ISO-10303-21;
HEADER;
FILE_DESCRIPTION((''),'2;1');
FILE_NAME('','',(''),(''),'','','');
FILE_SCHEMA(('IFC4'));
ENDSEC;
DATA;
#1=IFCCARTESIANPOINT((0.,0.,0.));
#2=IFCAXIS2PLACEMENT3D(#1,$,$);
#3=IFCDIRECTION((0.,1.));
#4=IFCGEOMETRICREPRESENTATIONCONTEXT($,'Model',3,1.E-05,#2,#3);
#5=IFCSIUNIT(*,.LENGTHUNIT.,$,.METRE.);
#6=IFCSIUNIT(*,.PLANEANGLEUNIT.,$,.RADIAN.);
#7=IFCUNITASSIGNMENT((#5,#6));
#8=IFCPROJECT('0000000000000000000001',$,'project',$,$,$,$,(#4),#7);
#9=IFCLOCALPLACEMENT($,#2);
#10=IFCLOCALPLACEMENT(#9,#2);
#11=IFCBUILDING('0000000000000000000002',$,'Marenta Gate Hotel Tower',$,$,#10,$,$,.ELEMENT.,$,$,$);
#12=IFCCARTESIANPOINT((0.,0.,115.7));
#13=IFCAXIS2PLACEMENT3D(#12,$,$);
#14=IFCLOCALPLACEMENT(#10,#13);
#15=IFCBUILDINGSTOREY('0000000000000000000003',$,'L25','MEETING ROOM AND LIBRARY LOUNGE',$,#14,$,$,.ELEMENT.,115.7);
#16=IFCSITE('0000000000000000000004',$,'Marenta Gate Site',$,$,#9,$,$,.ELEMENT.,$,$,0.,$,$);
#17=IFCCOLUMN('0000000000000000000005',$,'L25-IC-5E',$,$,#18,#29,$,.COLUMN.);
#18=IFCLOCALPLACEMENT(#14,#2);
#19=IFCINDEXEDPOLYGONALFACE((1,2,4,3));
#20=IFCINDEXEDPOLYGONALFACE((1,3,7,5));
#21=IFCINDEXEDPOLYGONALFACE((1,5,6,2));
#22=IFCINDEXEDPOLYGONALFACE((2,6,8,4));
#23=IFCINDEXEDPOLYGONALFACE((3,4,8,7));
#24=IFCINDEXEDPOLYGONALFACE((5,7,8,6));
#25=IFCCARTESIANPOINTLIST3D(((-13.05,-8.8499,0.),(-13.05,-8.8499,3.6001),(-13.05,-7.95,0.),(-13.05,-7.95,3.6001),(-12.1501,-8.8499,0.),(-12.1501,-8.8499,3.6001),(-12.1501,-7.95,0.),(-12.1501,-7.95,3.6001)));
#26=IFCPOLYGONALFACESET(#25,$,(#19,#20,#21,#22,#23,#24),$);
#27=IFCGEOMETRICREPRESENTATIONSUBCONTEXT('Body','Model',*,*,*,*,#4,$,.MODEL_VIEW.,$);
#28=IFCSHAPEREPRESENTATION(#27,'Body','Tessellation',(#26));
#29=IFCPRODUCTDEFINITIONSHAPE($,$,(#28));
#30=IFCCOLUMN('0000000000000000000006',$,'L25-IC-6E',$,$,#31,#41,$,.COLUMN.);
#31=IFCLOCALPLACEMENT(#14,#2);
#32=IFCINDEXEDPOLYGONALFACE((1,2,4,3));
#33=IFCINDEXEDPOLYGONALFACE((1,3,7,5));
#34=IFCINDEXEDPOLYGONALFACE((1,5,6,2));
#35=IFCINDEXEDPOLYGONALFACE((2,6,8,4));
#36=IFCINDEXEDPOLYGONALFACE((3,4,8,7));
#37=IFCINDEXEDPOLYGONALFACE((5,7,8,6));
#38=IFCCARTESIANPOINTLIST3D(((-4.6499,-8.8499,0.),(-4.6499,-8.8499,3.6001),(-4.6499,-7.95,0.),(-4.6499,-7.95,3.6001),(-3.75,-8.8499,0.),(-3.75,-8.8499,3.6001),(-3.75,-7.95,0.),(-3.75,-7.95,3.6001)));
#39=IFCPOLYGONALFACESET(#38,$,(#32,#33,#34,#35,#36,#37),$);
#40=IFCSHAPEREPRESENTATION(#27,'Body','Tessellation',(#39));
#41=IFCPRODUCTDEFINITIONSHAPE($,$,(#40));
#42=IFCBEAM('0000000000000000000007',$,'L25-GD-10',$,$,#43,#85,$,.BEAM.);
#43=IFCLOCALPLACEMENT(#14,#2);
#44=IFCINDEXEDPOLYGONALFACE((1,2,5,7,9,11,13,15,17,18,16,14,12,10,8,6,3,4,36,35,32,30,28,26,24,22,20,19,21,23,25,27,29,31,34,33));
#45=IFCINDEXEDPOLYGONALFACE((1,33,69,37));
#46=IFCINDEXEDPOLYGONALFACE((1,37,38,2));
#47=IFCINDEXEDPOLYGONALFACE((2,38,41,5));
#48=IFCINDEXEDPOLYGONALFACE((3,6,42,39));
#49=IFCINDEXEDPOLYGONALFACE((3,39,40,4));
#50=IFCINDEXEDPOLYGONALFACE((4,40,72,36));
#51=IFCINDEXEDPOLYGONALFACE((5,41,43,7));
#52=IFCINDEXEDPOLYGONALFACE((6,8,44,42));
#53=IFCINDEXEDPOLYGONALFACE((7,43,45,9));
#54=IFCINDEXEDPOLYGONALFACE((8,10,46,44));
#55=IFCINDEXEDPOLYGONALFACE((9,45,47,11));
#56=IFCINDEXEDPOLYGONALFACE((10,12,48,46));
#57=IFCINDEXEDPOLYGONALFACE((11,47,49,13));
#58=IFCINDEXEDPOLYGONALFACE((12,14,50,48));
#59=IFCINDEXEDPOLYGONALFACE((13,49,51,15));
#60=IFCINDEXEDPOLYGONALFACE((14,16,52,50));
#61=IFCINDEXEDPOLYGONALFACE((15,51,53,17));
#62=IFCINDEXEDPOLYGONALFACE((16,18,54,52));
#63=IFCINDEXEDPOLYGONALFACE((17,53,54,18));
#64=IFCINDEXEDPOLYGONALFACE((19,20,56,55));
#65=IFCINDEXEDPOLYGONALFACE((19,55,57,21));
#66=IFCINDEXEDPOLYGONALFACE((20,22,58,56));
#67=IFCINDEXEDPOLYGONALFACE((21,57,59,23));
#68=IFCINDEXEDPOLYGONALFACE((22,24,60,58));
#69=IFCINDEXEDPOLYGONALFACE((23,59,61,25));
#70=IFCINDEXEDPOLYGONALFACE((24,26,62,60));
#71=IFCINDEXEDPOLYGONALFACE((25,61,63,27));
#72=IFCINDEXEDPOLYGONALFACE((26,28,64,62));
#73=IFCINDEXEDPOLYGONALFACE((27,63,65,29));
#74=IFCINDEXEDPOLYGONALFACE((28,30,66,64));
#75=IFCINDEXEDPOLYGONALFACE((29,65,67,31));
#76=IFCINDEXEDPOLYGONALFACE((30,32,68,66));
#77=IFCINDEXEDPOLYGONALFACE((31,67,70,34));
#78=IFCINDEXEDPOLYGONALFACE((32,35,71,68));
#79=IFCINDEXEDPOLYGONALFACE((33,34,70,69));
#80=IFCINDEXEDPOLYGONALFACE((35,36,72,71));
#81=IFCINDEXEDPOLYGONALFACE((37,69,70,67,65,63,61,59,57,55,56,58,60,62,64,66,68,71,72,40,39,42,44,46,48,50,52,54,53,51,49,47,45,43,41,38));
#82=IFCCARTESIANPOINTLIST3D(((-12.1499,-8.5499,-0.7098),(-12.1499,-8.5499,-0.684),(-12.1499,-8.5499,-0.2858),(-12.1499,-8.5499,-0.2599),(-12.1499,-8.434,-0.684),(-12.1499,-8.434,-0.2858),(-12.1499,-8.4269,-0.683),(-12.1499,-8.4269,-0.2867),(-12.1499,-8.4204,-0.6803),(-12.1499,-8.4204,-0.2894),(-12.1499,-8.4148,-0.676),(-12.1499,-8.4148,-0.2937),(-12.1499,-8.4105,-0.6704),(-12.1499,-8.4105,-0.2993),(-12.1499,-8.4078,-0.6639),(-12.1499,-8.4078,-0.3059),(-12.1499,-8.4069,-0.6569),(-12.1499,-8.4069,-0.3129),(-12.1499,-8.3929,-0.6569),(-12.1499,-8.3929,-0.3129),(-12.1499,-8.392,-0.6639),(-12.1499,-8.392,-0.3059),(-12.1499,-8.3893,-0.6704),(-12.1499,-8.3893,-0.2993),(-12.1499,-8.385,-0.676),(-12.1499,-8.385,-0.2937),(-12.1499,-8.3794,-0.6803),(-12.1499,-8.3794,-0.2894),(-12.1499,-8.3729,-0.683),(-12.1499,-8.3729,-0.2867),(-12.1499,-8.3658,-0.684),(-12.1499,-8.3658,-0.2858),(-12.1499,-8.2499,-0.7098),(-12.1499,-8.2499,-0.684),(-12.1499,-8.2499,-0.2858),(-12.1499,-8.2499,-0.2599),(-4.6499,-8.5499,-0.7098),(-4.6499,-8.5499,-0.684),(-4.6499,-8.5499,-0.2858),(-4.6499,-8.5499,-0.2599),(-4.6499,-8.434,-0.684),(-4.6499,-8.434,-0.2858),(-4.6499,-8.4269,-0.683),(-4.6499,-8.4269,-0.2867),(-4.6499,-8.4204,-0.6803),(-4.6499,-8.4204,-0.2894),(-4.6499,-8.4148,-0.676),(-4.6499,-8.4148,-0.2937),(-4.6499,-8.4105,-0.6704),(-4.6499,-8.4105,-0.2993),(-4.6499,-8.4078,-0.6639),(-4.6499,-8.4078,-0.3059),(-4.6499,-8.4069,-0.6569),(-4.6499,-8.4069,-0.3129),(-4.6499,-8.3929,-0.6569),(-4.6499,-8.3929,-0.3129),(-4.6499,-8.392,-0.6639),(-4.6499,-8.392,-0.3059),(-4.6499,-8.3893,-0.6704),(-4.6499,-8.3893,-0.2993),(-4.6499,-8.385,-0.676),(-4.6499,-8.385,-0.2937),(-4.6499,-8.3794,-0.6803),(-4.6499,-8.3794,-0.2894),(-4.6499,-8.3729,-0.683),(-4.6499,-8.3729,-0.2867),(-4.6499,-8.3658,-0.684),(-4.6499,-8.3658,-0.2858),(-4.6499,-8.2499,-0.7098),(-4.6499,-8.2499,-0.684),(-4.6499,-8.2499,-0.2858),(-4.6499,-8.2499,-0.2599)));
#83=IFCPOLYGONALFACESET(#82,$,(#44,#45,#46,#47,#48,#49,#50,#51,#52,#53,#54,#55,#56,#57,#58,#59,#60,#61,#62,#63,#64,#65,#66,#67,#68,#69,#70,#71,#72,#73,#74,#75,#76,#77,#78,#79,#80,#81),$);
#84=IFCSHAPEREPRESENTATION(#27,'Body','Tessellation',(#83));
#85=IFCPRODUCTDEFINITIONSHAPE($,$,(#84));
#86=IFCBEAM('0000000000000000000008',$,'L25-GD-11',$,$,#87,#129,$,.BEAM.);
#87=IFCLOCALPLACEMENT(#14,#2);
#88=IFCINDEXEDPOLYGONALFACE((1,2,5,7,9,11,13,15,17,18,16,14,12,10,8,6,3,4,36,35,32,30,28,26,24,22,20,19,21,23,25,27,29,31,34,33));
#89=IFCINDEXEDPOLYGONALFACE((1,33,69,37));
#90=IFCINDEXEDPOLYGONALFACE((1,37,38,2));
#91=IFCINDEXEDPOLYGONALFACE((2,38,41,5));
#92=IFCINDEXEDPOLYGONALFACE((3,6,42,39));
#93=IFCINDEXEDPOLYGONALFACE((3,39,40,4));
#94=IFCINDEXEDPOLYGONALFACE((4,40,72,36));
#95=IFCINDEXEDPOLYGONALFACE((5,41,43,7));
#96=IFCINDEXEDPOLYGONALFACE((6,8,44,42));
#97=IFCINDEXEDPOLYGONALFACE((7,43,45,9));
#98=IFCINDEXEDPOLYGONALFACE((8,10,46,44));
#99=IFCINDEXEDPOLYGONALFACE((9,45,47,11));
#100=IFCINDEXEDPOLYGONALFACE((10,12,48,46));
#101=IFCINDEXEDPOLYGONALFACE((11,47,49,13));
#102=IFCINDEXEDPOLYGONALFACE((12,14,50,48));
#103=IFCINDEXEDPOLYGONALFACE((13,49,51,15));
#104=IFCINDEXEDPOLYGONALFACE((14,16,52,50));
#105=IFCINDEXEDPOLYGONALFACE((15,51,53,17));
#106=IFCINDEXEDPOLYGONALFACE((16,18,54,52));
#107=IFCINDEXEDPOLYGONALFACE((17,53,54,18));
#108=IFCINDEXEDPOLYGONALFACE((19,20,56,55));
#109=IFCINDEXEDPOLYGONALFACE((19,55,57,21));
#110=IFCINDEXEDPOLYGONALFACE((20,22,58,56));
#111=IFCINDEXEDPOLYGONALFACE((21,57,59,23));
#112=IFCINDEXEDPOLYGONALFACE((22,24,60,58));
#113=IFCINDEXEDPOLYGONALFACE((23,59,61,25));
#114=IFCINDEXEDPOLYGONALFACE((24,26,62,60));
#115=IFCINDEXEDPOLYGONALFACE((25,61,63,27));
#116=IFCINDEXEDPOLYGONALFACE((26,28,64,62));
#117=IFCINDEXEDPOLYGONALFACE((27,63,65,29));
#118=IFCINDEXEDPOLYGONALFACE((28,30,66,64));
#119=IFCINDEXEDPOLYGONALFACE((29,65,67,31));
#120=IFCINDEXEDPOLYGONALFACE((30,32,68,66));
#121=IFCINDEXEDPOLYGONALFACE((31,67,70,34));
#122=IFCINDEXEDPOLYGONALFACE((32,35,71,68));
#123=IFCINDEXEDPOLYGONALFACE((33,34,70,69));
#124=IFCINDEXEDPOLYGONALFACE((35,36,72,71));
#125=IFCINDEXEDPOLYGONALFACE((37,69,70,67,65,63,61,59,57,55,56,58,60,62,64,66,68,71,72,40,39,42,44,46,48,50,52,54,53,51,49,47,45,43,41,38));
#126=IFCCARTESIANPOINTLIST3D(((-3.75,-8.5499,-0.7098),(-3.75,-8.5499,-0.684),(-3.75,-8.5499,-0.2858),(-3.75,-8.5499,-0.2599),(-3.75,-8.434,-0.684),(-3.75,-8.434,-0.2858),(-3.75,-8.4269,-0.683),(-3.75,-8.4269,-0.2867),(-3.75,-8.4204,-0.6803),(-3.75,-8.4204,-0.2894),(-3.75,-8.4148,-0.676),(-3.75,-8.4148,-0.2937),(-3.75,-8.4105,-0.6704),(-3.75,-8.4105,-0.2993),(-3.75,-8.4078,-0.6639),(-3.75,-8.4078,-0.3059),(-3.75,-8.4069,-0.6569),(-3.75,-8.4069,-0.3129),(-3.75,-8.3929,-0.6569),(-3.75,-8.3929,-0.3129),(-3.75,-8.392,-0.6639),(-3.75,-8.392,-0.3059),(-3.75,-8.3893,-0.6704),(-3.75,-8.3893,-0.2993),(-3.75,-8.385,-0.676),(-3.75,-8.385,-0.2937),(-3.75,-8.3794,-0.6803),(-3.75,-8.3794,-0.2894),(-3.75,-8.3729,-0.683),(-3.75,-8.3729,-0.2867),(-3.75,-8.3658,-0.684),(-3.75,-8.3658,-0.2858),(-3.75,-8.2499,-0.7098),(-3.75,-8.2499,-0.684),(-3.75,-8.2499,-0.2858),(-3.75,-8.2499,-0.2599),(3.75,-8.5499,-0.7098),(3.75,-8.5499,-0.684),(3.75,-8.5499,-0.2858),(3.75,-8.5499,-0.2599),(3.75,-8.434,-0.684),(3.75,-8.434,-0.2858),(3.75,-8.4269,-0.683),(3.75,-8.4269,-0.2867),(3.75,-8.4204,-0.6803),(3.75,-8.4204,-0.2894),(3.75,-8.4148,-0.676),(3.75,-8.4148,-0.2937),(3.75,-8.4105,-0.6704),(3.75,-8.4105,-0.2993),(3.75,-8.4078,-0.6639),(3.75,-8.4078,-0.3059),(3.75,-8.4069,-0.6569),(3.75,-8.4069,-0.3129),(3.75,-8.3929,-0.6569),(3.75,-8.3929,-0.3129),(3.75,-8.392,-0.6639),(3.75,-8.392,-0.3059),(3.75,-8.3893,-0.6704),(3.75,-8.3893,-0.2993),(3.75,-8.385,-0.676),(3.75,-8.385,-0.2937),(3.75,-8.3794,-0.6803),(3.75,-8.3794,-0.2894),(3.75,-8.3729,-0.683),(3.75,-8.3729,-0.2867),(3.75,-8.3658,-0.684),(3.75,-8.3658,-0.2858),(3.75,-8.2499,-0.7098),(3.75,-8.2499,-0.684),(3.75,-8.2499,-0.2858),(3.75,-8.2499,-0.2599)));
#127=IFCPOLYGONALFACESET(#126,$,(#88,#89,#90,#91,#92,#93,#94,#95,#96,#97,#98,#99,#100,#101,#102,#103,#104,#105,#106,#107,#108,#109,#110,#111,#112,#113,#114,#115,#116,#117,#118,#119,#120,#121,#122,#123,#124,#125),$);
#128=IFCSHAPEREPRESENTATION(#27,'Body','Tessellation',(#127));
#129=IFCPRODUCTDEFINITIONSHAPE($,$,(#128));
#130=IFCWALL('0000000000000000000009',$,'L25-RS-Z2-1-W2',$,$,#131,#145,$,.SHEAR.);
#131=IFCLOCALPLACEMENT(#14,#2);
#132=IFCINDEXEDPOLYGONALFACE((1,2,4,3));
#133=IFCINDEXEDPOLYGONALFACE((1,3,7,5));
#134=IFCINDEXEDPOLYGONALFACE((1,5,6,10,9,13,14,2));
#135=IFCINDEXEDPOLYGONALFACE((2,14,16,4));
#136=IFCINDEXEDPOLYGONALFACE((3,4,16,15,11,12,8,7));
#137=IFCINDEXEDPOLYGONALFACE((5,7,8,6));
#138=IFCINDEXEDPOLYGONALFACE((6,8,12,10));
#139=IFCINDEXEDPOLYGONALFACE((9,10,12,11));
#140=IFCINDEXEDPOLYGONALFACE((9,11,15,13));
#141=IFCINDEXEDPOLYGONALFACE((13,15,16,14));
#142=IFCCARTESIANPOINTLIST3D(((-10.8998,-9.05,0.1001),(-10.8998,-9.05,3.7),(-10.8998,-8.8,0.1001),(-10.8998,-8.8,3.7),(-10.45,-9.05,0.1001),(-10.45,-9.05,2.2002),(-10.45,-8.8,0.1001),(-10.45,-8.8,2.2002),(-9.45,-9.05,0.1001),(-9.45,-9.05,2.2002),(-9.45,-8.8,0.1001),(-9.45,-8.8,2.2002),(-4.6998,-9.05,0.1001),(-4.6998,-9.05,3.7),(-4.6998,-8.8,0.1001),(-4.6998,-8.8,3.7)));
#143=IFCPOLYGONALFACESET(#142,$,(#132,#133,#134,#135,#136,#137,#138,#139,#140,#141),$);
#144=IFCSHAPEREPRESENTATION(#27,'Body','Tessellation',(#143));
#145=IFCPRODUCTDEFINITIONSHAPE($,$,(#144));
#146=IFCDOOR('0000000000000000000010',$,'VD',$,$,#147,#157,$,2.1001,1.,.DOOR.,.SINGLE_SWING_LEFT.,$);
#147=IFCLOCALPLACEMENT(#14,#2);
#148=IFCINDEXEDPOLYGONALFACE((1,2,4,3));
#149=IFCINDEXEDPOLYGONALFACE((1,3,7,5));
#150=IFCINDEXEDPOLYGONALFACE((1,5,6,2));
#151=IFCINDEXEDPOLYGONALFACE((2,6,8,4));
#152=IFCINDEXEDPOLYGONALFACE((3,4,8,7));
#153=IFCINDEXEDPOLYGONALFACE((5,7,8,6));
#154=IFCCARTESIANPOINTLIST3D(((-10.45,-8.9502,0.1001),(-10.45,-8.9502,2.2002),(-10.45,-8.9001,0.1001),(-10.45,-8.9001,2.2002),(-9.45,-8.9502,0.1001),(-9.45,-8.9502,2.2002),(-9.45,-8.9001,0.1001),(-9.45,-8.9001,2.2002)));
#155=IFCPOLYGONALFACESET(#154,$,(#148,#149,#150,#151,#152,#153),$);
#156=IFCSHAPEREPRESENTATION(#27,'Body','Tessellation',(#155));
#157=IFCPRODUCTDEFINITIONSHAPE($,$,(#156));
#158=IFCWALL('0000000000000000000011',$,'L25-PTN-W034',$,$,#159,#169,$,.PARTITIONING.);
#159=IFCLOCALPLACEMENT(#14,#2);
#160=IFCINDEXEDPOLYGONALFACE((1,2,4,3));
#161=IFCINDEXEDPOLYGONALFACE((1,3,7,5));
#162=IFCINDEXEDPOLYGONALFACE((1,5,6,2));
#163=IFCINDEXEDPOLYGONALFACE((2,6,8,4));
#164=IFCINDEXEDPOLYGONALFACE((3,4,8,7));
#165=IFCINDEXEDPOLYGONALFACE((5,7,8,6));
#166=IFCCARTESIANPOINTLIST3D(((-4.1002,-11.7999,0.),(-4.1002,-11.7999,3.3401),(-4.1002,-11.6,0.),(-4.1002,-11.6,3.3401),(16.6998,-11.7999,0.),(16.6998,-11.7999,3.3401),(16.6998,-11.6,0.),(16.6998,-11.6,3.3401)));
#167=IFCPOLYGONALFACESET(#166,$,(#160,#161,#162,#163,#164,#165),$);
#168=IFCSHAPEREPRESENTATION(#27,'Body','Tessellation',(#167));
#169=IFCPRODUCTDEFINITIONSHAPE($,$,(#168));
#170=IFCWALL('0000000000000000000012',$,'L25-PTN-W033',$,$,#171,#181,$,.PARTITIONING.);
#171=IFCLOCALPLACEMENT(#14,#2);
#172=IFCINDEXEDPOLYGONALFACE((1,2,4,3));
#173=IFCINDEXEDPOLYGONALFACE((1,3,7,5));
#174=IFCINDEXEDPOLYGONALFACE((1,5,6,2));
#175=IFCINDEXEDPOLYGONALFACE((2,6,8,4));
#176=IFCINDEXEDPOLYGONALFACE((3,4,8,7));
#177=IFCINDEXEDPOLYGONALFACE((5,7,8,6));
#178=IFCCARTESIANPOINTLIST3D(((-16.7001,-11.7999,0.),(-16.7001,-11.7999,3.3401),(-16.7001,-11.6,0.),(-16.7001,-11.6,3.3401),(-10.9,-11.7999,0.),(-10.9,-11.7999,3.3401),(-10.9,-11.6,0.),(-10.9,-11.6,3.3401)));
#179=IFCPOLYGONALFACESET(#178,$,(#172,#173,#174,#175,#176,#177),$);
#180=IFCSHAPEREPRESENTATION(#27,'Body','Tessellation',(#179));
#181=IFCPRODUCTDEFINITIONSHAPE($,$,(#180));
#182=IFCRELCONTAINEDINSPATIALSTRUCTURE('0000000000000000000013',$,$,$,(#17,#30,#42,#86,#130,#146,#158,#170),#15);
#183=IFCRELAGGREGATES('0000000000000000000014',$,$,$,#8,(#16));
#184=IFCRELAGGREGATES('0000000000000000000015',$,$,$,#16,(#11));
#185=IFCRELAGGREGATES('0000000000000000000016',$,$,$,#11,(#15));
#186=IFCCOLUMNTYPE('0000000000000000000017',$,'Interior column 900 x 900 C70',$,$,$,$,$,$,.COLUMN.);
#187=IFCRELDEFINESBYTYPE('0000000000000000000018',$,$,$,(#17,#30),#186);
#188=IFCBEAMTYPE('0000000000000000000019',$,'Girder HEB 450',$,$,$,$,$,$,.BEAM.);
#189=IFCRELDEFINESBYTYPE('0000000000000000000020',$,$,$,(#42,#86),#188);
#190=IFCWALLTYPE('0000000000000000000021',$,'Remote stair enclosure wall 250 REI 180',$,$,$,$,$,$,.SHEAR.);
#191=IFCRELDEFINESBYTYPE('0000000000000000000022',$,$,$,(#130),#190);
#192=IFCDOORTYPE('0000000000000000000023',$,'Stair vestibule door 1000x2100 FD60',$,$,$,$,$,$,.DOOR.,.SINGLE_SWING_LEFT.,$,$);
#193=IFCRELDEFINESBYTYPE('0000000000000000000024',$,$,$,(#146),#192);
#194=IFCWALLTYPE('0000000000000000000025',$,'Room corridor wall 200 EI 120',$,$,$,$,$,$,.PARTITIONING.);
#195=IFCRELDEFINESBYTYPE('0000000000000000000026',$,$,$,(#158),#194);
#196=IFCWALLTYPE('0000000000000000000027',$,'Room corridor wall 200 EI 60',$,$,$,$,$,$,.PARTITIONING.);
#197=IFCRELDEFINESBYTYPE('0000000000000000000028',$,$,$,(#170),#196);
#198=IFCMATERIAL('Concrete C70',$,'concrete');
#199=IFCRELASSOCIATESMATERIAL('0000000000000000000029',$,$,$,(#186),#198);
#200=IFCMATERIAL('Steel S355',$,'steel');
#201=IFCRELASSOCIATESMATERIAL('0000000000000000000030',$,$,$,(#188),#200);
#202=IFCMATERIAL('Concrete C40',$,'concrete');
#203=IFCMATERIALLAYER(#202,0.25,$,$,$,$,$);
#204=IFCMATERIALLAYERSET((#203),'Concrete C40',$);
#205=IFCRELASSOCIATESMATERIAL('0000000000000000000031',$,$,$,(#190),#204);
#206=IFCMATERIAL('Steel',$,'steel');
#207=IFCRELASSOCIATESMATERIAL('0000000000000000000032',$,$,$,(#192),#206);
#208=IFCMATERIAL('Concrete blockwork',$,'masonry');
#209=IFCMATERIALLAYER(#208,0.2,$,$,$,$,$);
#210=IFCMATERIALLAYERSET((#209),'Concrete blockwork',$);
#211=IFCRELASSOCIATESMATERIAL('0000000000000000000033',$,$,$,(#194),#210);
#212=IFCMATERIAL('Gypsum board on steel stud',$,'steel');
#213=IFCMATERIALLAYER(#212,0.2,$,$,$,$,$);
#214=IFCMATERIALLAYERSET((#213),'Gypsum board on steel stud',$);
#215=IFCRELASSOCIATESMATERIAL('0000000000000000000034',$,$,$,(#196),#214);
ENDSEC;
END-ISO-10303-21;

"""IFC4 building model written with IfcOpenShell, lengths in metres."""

from ifc_helpers import new_model, si_unit, direction, frame, frame_2d, origin, origin_2d, place, context, subcontext, project, spatial, rectangle, i_section, extrude, material, layer, layer_set, material_profile, profile_set, type_object, element, fill, save


model = new_model("IFC4")

# Units and contexts
model_context = context("Model", 3, precision=1e-05, world=origin(), true_north=direction((0.0, 1.0)))
body_context = subcontext(model_context, "Body", "Model", "MODEL_VIEW")
ifc_project = project(units=[si_unit("LENGTHUNIT", "METRE"), si_unit("PLANEANGLEUNIT", "RADIAN")], contexts=[model_context])

# Site, building, storey
site_placement = place(None, origin())
site = spatial("IfcSite", under=ifc_project, at=site_placement, Name="Marenta Gate Site", CompositionType="ELEMENT", RefElevation=0.0)
building_placement = place(site_placement, origin())
building = spatial("IfcBuilding", under=site, at=building_placement, Name="Marenta Gate Hotel Tower", CompositionType="ELEMENT")
storey_placement = place(building_placement, frame((0.0, 0.0, 115.7)))
storey = spatial("IfcBuildingStorey", under=building, at=storey_placement, Name="L25", Description="MEETING ROOM AND LIBRARY LOUNGE", CompositionType="ELEMENT", Elevation=115.7)

# Columns
ifc_material_1 = material(Name="Concrete C70", Category="concrete")
ifc_material_profile_1 = material_profile(ifc_material_1, rectangle(XDim=0.8999, YDim=0.8999, at=origin_2d()), Name="900 x 900")
ifc_profile_set_1 = profile_set([ifc_material_profile_1], Name="Concrete C70")
column_type = type_object("IfcColumnType", Name="Interior column 900 x 900 C70", PredefinedType="COLUMN", material=ifc_profile_set_1)
for number, where, z_axis, x_axis, name in (
    (1, (-12.6001, -8.3999, 0.0), (0.0, 0.0, 1.0), (1.0, 0.0, 0.0), "L25-IC-5E"),
    (2, (-4.2, -8.3999, 0.0), (0.0, 0.0, 1.0), (1.0, 0.0, 0.0), "L25-IC-6E"),
):
    element("IfcColumn", number, at=place(storey_placement, frame(where, z_axis=z_axis, x_axis=x_axis)), inside=storey, type_object=column_type, Name=name, PredefinedType="COLUMN", context=body_context, shape_type="SweptSolid", body=[
        extrude(rectangle(XDim=0.8999, YDim=0.8999, at=origin_2d()), origin(), (0.0, 0.0, 1.0), 3.6001),
    ])

# Beams
ifc_material_2 = material(Name="Steel S355", Category="steel")
ifc_material_profile_2 = material_profile(ifc_material_2, i_section(OverallWidth=0.3, OverallDepth=0.45, WebThickness=0.0139, FlangeThickness=0.0259, FilletRadius=0.0271, at=origin_2d()), Name="HEB 450")
ifc_profile_set_2 = profile_set([ifc_material_profile_2], Name="Steel S355")
beam_type = type_object("IfcBeamType", Name="Girder HEB 450", PredefinedType="BEAM", material=ifc_profile_set_2)
for number, where, z_axis, x_axis, name in (
    (3, (-12.1499, -8.3999, -0.4849), (1.0, 0.0, 0.0), (0.0, 1.0, 0.0), "L25-GD-10"),
    (4, (-3.75, -8.3999, -0.4849), (1.0, 0.0, 0.0), (0.0, 1.0, 0.0), "L25-GD-11"),
):
    element("IfcBeam", number, at=place(storey_placement, frame(where, z_axis=z_axis, x_axis=x_axis)), inside=storey, type_object=beam_type, Name=name, PredefinedType="BEAM", context=body_context, shape_type="SweptSolid", body=[
        extrude(i_section(OverallWidth=0.3, OverallDepth=0.45, WebThickness=0.0139, FlangeThickness=0.0259, FilletRadius=0.0271, at=origin_2d()), origin(), (0.0, 0.0, 1.0), 7.5),
    ])

# Wall, opening, door
ifc_material_3 = material(Name="Concrete C40", Category="concrete")
ifc_layer_1 = layer(ifc_material_3, 0.25)
ifc_layer_set_1 = layer_set([ifc_layer_1], Name="Concrete C40")
wall_type_1 = type_object("IfcWallType", Name="Remote stair enclosure wall 250 REI 180", PredefinedType="SHEAR", material=ifc_layer_set_1)
wall_1_placement = place(storey_placement, frame((-10.8999, -8.925, 0.1001), z_axis=(0.0, 0.0, 1.0), x_axis=(1.0, 0.0, 0.0)))
wall_1 = element("IfcWall", 5, at=wall_1_placement, inside=storey, type_object=wall_type_1, Name="L25-RS-Z2-1-W2", PredefinedType="SHEAR", context=body_context, shape_type="SweptSolid", body=[
    extrude(rectangle(XDim=6.2, YDim=0.25, at=frame_2d((3.1001, 0.0))), origin(), (0.0, 0.0, 1.0), 3.5999),
])
opening_1_placement = place(wall_1_placement, frame((0.45, 0.0, 0.0)))
opening_1 = element("IfcOpeningElement", 6, at=opening_1_placement, cuts=wall_1, PredefinedType="OPENING", context=body_context, shape_type="SweptSolid", body=[
    extrude(rectangle(XDim=1.0, YDim=2.1001, at=frame_2d((0.5, 1.05))), frame((0.0, 0.125, 0.0), z_axis=(0.0, -1.0, 0.0), x_axis=(1.0, 0.0, 0.0)), (0.0, 0.0, 1.0), 0.25),
])
ifc_material_4 = material(Name="Steel", Category="steel")
door_type_1 = type_object("IfcDoorType", Name="Stair vestibule door 1000x2100 FD60", OperationType="SINGLE_SWING_LEFT", PredefinedType="DOOR", material=ifc_material_4)
door_1_placement = place(opening_1_placement, origin())
door_1 = element("IfcDoor", 7, at=door_1_placement, inside=storey, type_object=door_type_1, Name="VD", OperationType="SINGLE_SWING_LEFT", OverallHeight=2.1001, OverallWidth=1.0, PredefinedType="DOOR", context=body_context, shape_type="SweptSolid", body=[
    extrude(rectangle(XDim=1.0, YDim=2.1001, at=frame_2d((0.5, 1.05))), frame((0.0, 0.0249, 0.0), z_axis=(0.0, -1.0, 0.0), x_axis=(1.0, 0.0, 0.0)), (0.0, 0.0, 1.0), 0.05),
])
fill(opening_1, door_1)

# Wall
ifc_material_5 = material(Name="Concrete blockwork", Category="masonry")
ifc_layer_2 = layer(ifc_material_5, 0.2)
ifc_layer_set_2 = layer_set([ifc_layer_2], Name="Concrete blockwork")
wall_type_2 = type_object("IfcWallType", Name="Room corridor wall 200 EI 120", PredefinedType="PARTITIONING", material=ifc_layer_set_2)
wall_2_placement = place(storey_placement, frame((-4.1001, -11.7, 0.0), z_axis=(0.0, 0.0, 1.0), x_axis=(1.0, 0.0, 0.0)))
element("IfcWall", 8, at=wall_2_placement, inside=storey, type_object=wall_type_2, Name="L25-PTN-W034", PredefinedType="PARTITIONING", context=body_context, shape_type="SweptSolid", body=[
    extrude(rectangle(XDim=20.8, YDim=0.2, at=frame_2d((10.3999, 0.0))), origin(), (0.0, 0.0, 1.0), 3.3401),
])

# Wall
ifc_material_6 = material(Name="Gypsum board on steel stud", Category="steel")
ifc_layer_3 = layer(ifc_material_6, 0.2)
ifc_layer_set_3 = layer_set([ifc_layer_3], Name="Gypsum board on steel stud")
wall_type_3 = type_object("IfcWallType", Name="Room corridor wall 200 EI 60", PredefinedType="PARTITIONING", material=ifc_layer_set_3)
wall_3_placement = place(storey_placement, frame((-16.7, -11.7, 0.0), z_axis=(0.0, 0.0, 1.0), x_axis=(1.0, 0.0, 0.0)))
element("IfcWall", 9, at=wall_3_placement, inside=storey, type_object=wall_type_3, Name="L25-PTN-W033", PredefinedType="PARTITIONING", context=body_context, shape_type="SweptSolid", body=[
    extrude(rectangle(XDim=5.8, YDim=0.2, at=frame_2d((2.8999, 0.0))), origin(), (0.0, 0.0, 1.0), 3.3401),
])

save(model, "model.ifc")
